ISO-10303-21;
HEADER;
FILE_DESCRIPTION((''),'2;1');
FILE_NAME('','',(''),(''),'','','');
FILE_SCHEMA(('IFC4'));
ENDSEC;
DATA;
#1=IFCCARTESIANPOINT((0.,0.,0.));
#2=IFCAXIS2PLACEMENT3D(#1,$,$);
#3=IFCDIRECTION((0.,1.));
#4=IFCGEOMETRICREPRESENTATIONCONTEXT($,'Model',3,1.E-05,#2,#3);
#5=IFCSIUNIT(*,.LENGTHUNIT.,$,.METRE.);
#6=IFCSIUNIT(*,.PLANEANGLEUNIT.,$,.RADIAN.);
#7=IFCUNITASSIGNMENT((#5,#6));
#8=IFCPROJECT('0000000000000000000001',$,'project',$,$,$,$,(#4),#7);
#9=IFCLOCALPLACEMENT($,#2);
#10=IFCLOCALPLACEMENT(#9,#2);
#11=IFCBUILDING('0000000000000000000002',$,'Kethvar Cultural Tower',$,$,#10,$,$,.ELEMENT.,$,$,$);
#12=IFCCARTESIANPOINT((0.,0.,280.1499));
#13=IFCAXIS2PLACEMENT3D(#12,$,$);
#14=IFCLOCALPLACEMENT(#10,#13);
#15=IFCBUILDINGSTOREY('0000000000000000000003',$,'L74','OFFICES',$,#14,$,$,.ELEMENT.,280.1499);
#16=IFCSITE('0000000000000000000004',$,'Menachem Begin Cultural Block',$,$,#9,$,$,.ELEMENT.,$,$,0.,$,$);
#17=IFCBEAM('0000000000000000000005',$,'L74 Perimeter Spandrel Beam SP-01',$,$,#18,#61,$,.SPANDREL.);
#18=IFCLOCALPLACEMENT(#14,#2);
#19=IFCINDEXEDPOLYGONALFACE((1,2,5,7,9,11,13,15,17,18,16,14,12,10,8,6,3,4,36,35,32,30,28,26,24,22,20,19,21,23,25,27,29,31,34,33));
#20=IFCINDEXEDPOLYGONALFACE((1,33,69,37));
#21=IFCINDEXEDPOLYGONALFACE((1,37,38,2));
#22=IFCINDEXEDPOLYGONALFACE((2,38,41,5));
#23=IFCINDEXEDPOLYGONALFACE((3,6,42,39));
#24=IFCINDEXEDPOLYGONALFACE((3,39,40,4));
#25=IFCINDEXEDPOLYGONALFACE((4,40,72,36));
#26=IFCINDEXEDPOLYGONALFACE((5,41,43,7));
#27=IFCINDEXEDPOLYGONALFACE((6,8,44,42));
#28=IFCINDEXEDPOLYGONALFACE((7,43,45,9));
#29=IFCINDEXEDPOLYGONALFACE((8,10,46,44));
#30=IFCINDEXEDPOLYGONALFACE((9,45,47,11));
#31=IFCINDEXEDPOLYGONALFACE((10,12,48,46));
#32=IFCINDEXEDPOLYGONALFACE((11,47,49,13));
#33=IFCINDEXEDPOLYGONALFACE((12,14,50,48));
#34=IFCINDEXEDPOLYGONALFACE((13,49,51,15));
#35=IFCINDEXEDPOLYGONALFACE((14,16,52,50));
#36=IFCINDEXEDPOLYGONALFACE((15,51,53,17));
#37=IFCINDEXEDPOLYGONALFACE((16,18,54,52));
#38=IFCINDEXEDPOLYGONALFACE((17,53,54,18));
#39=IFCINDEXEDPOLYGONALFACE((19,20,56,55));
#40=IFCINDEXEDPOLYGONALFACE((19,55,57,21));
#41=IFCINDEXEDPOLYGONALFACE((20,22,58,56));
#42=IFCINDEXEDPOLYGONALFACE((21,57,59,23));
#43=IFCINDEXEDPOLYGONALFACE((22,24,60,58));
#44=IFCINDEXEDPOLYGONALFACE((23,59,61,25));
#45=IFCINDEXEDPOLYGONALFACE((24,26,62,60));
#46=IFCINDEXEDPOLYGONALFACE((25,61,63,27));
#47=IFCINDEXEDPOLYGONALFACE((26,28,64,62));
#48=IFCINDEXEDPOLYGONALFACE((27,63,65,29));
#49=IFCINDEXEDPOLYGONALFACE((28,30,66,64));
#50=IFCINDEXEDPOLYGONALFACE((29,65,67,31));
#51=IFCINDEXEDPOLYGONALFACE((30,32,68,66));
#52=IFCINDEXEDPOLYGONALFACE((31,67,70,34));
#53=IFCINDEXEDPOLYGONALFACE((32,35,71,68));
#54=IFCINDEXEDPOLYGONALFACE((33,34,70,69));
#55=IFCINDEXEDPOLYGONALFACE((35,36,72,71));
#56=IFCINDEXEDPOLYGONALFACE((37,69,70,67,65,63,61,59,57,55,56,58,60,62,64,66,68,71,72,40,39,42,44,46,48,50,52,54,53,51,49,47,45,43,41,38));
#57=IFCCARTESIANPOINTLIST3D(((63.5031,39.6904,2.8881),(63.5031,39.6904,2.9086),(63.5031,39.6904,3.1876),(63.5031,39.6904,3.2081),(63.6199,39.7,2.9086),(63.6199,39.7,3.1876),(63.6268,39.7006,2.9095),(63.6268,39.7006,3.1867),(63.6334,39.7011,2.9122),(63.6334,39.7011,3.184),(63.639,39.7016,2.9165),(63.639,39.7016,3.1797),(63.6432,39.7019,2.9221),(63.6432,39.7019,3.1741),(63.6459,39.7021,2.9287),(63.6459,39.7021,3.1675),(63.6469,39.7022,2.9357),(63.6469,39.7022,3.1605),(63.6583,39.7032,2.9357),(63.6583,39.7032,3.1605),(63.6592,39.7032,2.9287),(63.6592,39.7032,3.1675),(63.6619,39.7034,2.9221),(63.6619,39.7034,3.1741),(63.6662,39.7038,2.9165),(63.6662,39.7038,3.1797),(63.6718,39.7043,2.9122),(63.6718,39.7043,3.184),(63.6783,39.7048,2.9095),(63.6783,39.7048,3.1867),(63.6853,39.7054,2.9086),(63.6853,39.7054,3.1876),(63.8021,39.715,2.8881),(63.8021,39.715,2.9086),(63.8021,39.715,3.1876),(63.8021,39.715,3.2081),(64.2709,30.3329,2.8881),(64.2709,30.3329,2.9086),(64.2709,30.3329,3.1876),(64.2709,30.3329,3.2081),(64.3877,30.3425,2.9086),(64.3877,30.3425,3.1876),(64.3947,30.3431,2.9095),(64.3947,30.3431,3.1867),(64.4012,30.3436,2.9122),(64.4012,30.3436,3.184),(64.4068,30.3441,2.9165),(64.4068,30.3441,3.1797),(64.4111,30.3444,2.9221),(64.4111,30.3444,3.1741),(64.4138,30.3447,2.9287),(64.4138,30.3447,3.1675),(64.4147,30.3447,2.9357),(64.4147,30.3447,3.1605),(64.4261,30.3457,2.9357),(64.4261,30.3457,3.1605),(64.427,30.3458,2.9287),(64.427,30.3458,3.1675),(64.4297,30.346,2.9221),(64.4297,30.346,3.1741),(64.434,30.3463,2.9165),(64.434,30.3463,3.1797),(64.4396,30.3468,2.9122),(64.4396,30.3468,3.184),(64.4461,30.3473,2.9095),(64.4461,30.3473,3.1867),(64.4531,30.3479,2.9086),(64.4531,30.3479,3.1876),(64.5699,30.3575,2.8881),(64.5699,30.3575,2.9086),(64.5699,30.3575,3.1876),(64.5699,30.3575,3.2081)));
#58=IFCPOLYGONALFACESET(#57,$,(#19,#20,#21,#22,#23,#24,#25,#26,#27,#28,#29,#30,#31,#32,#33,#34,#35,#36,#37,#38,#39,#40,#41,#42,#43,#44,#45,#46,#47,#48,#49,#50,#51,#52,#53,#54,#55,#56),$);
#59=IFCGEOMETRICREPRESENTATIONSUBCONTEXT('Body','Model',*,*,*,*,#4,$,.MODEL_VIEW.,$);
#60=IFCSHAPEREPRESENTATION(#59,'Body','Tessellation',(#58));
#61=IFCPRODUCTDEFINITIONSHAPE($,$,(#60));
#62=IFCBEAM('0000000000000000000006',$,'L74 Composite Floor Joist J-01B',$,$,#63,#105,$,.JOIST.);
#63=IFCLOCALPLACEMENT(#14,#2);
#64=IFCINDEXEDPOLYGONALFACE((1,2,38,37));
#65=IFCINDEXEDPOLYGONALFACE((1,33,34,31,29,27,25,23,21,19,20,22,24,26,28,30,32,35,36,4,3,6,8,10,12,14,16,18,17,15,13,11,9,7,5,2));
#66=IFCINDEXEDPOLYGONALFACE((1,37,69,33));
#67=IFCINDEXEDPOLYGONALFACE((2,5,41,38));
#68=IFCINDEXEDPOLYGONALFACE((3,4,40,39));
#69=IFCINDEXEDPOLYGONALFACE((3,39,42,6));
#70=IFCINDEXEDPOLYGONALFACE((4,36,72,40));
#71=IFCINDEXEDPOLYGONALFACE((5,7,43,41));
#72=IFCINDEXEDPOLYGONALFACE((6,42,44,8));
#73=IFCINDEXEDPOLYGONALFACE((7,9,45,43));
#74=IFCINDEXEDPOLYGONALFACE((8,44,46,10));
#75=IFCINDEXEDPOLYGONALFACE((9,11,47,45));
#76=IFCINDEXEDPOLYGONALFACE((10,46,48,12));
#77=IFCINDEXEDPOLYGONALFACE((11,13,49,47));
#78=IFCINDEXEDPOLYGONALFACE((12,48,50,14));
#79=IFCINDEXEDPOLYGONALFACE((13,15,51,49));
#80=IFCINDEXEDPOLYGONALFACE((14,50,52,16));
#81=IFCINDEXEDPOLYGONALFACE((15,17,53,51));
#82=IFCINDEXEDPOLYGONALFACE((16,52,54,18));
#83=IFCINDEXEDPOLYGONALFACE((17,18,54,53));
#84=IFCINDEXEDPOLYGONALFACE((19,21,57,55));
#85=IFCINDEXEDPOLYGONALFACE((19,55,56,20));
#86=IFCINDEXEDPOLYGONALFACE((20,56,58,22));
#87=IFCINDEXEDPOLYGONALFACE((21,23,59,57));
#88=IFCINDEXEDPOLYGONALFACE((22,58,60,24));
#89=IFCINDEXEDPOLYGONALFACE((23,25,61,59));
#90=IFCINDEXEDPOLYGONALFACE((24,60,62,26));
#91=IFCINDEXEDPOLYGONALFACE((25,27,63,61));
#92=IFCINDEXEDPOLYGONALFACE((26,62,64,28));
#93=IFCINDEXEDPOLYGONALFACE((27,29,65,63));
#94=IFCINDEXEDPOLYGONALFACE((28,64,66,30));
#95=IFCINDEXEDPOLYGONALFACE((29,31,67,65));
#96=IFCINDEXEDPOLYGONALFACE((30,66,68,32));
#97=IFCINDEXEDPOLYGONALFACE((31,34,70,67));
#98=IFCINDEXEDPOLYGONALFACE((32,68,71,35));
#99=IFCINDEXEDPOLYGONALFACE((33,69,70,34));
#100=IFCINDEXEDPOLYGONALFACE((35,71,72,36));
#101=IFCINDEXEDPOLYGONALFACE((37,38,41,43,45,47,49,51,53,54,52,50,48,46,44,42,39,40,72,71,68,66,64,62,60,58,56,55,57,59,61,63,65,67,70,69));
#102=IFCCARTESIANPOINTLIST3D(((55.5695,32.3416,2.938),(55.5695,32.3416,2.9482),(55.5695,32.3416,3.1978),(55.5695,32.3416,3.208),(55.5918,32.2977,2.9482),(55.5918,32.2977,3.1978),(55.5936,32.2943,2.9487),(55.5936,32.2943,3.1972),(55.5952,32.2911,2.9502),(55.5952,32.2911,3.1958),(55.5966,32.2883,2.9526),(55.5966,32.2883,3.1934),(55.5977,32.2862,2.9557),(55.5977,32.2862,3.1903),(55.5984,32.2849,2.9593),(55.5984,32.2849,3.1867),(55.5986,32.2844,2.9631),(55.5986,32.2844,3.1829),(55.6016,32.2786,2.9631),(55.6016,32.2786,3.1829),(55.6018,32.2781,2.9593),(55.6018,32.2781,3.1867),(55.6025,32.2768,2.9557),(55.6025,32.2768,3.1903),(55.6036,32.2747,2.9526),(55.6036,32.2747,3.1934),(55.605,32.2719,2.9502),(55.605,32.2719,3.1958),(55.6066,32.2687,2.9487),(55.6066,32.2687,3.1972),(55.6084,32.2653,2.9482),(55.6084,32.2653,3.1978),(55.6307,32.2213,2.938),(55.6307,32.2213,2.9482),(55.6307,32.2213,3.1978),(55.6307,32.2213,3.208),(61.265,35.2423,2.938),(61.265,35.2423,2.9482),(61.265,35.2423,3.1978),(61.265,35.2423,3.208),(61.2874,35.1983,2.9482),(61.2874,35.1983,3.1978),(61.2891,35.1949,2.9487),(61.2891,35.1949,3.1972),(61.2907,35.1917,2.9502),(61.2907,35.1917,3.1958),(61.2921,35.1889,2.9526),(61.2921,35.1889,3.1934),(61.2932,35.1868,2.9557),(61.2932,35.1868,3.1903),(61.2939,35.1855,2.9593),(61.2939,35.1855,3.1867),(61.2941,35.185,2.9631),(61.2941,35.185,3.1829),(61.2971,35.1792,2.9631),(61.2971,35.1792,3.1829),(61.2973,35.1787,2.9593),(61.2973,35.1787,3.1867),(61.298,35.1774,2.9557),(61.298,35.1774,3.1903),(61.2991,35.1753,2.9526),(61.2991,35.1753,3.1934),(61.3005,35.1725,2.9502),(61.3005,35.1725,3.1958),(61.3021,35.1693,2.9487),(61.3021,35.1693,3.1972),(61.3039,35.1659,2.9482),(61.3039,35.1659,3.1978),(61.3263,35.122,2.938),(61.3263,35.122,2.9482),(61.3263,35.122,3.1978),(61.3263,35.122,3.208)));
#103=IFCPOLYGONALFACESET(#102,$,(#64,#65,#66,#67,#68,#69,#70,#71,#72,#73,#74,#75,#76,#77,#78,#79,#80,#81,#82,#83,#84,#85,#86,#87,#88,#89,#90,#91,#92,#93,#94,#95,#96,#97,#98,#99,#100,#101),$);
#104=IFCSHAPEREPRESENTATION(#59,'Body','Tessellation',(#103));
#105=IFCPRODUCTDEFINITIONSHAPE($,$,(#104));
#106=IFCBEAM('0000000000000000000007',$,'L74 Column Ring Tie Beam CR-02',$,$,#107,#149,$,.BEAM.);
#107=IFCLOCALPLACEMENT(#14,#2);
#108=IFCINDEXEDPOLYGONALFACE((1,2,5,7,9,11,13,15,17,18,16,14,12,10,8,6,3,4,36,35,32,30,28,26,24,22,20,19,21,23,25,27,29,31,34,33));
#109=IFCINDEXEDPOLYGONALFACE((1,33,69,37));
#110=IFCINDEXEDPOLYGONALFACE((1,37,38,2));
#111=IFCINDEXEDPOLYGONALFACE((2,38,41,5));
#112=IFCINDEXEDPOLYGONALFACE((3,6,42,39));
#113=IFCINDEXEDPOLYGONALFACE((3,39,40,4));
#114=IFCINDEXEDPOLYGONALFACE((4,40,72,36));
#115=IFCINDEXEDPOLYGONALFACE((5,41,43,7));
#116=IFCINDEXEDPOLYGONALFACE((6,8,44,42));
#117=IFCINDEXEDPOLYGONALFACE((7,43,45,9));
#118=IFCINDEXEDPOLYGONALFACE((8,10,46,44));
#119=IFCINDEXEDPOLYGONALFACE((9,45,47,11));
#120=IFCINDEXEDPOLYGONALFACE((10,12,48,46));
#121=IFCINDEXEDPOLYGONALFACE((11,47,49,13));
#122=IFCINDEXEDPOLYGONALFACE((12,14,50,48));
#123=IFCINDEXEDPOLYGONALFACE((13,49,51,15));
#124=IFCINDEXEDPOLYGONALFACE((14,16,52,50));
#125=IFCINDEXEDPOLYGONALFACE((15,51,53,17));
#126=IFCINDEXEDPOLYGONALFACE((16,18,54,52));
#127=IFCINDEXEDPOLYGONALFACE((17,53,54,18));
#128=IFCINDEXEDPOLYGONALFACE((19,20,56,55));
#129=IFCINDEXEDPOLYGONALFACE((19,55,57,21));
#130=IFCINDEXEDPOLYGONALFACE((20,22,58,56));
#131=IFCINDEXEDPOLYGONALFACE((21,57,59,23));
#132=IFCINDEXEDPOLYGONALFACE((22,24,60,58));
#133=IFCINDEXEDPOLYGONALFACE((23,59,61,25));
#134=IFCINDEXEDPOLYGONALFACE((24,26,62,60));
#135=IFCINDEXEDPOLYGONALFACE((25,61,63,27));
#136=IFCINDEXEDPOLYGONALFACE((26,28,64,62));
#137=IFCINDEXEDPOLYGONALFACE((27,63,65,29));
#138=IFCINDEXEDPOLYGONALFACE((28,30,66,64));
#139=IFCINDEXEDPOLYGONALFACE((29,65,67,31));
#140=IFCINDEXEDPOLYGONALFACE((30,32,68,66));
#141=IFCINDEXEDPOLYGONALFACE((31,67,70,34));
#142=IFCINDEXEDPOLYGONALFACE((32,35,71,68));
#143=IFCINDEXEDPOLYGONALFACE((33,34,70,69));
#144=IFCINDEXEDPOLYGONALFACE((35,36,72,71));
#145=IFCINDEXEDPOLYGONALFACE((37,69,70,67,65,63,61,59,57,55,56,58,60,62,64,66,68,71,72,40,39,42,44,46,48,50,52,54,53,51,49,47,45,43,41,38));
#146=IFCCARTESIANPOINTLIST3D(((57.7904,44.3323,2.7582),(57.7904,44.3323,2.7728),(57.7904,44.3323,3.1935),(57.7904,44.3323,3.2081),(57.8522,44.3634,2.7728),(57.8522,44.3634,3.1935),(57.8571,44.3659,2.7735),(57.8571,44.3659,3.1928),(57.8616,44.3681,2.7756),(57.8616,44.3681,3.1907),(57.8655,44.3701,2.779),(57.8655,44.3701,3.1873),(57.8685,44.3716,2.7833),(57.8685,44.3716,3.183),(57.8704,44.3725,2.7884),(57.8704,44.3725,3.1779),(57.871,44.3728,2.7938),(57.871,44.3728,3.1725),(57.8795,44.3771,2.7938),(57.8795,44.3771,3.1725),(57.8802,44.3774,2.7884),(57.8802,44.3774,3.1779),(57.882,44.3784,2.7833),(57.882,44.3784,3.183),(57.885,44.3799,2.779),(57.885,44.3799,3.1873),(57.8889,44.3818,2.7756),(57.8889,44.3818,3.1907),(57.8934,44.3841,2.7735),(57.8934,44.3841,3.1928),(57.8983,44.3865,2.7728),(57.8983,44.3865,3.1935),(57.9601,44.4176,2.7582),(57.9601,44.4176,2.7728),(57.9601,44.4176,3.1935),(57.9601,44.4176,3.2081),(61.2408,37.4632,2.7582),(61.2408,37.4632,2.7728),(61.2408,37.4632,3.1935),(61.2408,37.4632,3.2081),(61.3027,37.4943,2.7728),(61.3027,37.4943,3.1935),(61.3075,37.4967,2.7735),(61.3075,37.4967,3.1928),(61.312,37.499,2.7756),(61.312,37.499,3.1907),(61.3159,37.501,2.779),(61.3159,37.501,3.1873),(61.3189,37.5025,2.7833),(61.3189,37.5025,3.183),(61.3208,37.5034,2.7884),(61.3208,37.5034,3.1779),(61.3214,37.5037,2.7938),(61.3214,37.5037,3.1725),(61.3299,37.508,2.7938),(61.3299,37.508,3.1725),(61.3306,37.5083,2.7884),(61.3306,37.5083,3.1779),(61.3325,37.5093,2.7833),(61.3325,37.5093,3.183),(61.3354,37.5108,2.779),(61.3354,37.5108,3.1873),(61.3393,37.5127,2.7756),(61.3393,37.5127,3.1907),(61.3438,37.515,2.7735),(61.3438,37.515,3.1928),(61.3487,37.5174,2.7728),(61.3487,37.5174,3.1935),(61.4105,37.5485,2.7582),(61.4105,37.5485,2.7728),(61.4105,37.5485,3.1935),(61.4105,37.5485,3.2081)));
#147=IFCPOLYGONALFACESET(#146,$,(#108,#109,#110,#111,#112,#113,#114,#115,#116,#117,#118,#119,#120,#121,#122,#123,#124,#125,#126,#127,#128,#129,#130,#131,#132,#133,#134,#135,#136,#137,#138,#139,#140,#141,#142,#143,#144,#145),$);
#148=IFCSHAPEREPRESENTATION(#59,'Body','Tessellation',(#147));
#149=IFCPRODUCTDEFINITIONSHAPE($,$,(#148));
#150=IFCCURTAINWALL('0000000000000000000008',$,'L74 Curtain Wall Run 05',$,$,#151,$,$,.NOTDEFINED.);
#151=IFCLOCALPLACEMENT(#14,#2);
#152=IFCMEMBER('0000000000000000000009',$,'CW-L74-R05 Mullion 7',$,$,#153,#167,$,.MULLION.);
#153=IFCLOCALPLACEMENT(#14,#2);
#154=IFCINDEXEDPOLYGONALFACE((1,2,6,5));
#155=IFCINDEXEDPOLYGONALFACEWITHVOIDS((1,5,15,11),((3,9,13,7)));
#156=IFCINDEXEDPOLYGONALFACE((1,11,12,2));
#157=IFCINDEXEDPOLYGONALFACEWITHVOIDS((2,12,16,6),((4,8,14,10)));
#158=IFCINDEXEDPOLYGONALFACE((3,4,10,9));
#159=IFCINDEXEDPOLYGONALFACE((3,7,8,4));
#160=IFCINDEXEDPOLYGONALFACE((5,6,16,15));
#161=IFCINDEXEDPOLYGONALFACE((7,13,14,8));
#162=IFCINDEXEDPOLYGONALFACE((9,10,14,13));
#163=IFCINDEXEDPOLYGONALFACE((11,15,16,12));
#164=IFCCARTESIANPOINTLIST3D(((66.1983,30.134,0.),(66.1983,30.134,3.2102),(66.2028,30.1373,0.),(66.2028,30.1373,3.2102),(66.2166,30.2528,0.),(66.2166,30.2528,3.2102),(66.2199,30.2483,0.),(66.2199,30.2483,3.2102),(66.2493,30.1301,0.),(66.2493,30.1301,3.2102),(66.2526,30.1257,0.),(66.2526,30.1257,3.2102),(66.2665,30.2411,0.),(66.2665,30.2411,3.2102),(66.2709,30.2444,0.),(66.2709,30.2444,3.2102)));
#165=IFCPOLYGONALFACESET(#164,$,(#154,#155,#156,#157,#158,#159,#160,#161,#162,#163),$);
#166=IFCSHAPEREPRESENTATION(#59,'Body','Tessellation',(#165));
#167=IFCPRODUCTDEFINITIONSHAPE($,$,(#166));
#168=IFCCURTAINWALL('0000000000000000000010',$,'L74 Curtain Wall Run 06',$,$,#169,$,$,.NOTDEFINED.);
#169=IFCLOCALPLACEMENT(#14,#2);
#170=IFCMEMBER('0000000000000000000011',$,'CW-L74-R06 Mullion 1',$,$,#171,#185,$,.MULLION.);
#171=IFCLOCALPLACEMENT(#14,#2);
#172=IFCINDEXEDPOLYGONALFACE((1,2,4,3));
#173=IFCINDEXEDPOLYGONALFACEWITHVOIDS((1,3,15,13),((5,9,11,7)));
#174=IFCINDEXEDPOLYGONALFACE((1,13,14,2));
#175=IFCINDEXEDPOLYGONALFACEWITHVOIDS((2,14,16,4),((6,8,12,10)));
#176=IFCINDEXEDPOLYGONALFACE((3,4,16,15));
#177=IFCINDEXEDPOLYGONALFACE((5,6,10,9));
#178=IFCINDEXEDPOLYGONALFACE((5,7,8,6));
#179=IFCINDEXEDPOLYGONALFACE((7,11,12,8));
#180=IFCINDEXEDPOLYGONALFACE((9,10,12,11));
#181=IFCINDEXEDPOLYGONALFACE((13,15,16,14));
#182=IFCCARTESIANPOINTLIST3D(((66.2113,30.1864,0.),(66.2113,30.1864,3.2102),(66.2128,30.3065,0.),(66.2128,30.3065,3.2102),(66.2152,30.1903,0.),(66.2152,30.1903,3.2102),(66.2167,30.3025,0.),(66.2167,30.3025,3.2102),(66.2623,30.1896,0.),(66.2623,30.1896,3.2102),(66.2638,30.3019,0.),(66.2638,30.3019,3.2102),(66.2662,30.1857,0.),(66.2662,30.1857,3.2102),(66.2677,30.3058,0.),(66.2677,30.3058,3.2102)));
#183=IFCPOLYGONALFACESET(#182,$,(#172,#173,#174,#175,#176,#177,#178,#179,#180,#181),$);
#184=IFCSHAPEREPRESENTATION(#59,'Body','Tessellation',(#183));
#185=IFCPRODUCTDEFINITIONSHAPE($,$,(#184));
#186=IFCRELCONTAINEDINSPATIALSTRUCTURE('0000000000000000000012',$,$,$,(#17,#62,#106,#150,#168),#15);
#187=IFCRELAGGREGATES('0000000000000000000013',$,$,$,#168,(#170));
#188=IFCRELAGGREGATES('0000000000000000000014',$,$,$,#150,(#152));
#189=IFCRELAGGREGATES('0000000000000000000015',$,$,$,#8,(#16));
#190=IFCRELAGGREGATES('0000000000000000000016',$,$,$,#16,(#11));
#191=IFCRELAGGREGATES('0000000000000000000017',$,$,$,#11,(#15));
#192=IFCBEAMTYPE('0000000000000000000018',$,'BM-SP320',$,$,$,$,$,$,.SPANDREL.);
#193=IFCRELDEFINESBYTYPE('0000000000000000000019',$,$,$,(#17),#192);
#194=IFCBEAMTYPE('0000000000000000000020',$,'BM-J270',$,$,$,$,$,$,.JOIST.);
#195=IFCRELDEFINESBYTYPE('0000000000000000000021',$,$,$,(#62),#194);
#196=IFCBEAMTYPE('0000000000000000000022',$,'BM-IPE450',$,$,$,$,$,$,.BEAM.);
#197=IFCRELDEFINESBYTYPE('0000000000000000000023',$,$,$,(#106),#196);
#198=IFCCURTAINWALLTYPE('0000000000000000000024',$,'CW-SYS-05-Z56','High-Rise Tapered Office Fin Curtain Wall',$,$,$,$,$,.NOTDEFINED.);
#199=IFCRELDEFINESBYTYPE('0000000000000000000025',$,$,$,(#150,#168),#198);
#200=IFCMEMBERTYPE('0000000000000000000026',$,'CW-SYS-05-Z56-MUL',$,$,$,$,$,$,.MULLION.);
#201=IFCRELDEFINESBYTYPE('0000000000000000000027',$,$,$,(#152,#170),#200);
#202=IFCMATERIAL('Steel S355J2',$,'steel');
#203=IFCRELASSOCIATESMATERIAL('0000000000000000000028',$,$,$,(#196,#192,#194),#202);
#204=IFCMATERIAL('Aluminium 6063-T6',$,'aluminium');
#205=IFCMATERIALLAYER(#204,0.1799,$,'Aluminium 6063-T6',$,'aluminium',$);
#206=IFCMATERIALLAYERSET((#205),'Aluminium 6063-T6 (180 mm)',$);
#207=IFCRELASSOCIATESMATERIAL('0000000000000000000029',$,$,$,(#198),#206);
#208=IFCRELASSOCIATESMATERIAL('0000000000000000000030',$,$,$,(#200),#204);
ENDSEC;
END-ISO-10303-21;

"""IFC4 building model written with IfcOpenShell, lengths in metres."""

from ifc_helpers import new_model, si_unit, direction, frame, origin, origin_2d, place, context, subcontext, project, spatial, hollow_rectangle, i_section, extrude, source, transform, mapped, material, layer, layer_set, material_profile, profile_set, type_object, element, aggregate, save


model = new_model("IFC4")

# Units and contexts
model_context = context("Model", 3, precision=1e-05, world=origin(), true_north=direction((0.0, 1.0)))
body_context = subcontext(model_context, "Body", "Model", "MODEL_VIEW")
ifc_project = project(units=[si_unit("LENGTHUNIT", "METRE"), si_unit("PLANEANGLEUNIT", "RADIAN")], contexts=[model_context])

# Site, building, storey
site_placement = place(None, origin())
site = spatial("IfcSite", under=ifc_project, at=site_placement, Name="Menachem Begin Cultural Block", CompositionType="ELEMENT", RefElevation=0.0)
building_placement = place(site_placement, origin())
building = spatial("IfcBuilding", under=site, at=building_placement, Name="Kethvar Cultural Tower", CompositionType="ELEMENT")
storey_placement = place(building_placement, frame((0.0, 0.0, 280.1499)))
storey = spatial("IfcBuildingStorey", under=building, at=storey_placement, Name="L74", Description="OFFICES", CompositionType="ELEMENT", Elevation=280.1499)

# Shared definitions
ifc_material_1 = material(Name="Steel S355J2", Category="steel")

# Beams
ifc_material_profile_1 = material_profile(ifc_material_1, i_section(OverallWidth=0.1899, OverallDepth=0.45, WebThickness=0.0095, FlangeThickness=0.0146, FilletRadius=0.021, at=origin_2d()), Name="Steel S355J2 — IPE450")
ifc_profile_set_1 = profile_set([ifc_material_profile_1], Name="Steel S355J2 — IPE450")
beam_type_1 = type_object("IfcBeamType", Name="BM-IPE450", PredefinedType="BEAM", material=ifc_profile_set_1)
ifc_material_profile_2 = material_profile(ifc_material_1, i_section(OverallWidth=0.3, OverallDepth=0.3201, WebThickness=0.0115, FlangeThickness=0.0205, FilletRadius=0.0271, at=origin_2d()), Name="Steel S355J2 — HEB320")
ifc_profile_set_2 = profile_set([ifc_material_profile_2], Name="Steel S355J2 — HEB320")
beam_type_2 = type_object("IfcBeamType", Name="BM-SP320", PredefinedType="SPANDREL", material=ifc_profile_set_2)
shared_shape_1 = source(origin(), body_context, "Body", "SweptSolid", [
    extrude(i_section(OverallWidth=0.3, OverallDepth=0.3201, WebThickness=0.0115, FlangeThickness=0.0205, FilletRadius=0.0271, at=origin_2d()), origin(), (0.0, 0.0, 1.0), 9.3889),
])
beam_1_placement = place(storey_placement, frame((64.4204, 30.3452, 3.0481), z_axis=(-0.08178, 0.99665, 0.0), x_axis=(-0.99665, -0.08178, 0.0)))
element("IfcBeam", 1, at=beam_1_placement, inside=storey, type_object=beam_type_2, Name="L74 Perimeter Spandrel Beam SP-01", PredefinedType="SPANDREL", context=body_context, shape_type="MappedRepresentation", body=[
    mapped(shared_shape_1, transform((0.0, 0.0, 0.0), scale=1.0)),
])
ifc_material_profile_3 = material_profile(ifc_material_1, i_section(OverallWidth=0.135, OverallDepth=0.27, WebThickness=0.0066, FlangeThickness=0.0103, FilletRadius=0.0149, at=origin_2d()), Name="Steel S355J2 — IPE270")
ifc_profile_set_3 = profile_set([ifc_material_profile_3], Name="Steel S355J2 — IPE270")
beam_type_3 = type_object("IfcBeamType", Name="BM-J270", PredefinedType="JOIST", material=ifc_profile_set_3)
shared_shape_2 = source(origin(), body_context, "Body", "SweptSolid", [
    extrude(i_section(OverallWidth=0.135, OverallDepth=0.27, WebThickness=0.0066, FlangeThickness=0.0103, FilletRadius=0.0149, at=origin_2d()), origin(), (0.0, 0.0, 1.0), 6.3916),
])
beam_2_placement = place(storey_placement, frame((55.6001, 32.2815, 3.073), z_axis=(0.891095, 0.453817, 0.0), x_axis=(-0.453817, 0.891095, 0.0)))
element("IfcBeam", 2, at=beam_2_placement, inside=storey, type_object=beam_type_3, Name="L74 Composite Floor Joist J-01B", PredefinedType="JOIST", context=body_context, shape_type="MappedRepresentation", body=[
    mapped(shared_shape_2, transform((0.0, 0.0, 0.0), scale=1.0)),
])
shared_shape_3 = source(origin(), body_context, "Body", "SweptSolid", [
    extrude(i_section(OverallWidth=0.1899, OverallDepth=0.45, WebThickness=0.0095, FlangeThickness=0.0146, FilletRadius=0.021, at=origin_2d()), origin(), (0.0, 0.0, 1.0), 7.687),
])
beam_3_placement = place(storey_placement, frame((61.3257, 37.5059, 2.9832), z_axis=(-0.448864, 0.8936, 0.0), x_axis=(-0.8936, -0.448864, 0.0)))
element("IfcBeam", 3, at=beam_3_placement, inside=storey, type_object=beam_type_1, Name="L74 Column Ring Tie Beam CR-02", PredefinedType="BEAM", context=body_context, shape_type="MappedRepresentation", body=[
    mapped(shared_shape_3, transform((0.0, 0.0, 0.0), scale=1.0)),
])

# Curtain wall, member
ifc_material_2 = material(Name="Aluminium 6063-T6", Category="aluminium")
ifc_layer_1 = layer(ifc_material_2, 0.1799, Name="Aluminium 6063-T6", Category="aluminium")
ifc_layer_set_1 = layer_set([ifc_layer_1], Name="Aluminium 6063-T6 (180 mm)")
curtain_wall_type = type_object("IfcCurtainWallType", Name="CW-SYS-05-Z56", Description="High-Rise Tapered Office Fin Curtain Wall", PredefinedType="NOTDEFINED", material=ifc_layer_set_1)
curtain_wall_1_placement = place(storey_placement, origin())
curtain_wall_1 = element("IfcCurtainWall", 4, at=curtain_wall_1_placement, inside=storey, type_object=curtain_wall_type, Name="L74 Curtain Wall Run 05", PredefinedType="NOTDEFINED")
ifc_material_profile_4 = material_profile(ifc_material_2, hollow_rectangle(XDim=0.0549, YDim=0.1201, WallThickness=0.0039, at=origin_2d()), Name="Aluminium 6063-T6 — RHS120x55x4")
ifc_profile_set_4 = profile_set([ifc_material_profile_4], Name="Aluminium 6063-T6 — RHS120x55x4")
member_type_1 = type_object("IfcMemberType", Name="CW-SYS-05-Z56-MUL", PredefinedType="MULLION", material=ifc_profile_set_4)
shared_shape_4 = source(origin(), body_context, "Body", "SweptSolid", [
    extrude(hollow_rectangle(XDim=0.0549, YDim=0.1201, WallThickness=0.0039, at=origin_2d()), origin(), (0.0, 0.0, 1.0), 3.2102),
])
member_1_placement = place(storey_placement, frame((66.2346, 30.1892, 0.0), z_axis=(0.0, 0.0, 1.0), x_axis=(-0.988295, 0.152555, 0.0)))
member_1 = element("IfcMember", 5, at=member_1_placement, type_object=member_type_1, Name="CW-L74-R05 Mullion 7", PredefinedType="MULLION", context=body_context, shape_type="MappedRepresentation", body=[
    mapped(shared_shape_4, transform((0.0, 0.0, 0.0), scale=1.0)),
])

# Curtain wall, member
curtain_wall_2_placement = place(storey_placement, origin())
curtain_wall_2 = element("IfcCurtainWall", 6, at=curtain_wall_2_placement, inside=storey, type_object=curtain_wall_type, Name="L74 Curtain Wall Run 06", PredefinedType="NOTDEFINED")
member_2_placement = place(storey_placement, frame((66.2395, 30.2461, 0.0), z_axis=(0.0, 0.0, 1.0), x_axis=(-0.999916, 0.012967, 0.0)))
member_2 = element("IfcMember", 7, at=member_2_placement, type_object=member_type_1, Name="CW-L74-R06 Mullion 1", PredefinedType="MULLION", context=body_context, shape_type="MappedRepresentation", body=[
    mapped(shared_shape_4, transform((0.0, 0.0, 0.0), scale=1.0)),
])
aggregate(curtain_wall_2, [member_2])

aggregate(curtain_wall_1, [member_1])

save(model, "model.ifc")
